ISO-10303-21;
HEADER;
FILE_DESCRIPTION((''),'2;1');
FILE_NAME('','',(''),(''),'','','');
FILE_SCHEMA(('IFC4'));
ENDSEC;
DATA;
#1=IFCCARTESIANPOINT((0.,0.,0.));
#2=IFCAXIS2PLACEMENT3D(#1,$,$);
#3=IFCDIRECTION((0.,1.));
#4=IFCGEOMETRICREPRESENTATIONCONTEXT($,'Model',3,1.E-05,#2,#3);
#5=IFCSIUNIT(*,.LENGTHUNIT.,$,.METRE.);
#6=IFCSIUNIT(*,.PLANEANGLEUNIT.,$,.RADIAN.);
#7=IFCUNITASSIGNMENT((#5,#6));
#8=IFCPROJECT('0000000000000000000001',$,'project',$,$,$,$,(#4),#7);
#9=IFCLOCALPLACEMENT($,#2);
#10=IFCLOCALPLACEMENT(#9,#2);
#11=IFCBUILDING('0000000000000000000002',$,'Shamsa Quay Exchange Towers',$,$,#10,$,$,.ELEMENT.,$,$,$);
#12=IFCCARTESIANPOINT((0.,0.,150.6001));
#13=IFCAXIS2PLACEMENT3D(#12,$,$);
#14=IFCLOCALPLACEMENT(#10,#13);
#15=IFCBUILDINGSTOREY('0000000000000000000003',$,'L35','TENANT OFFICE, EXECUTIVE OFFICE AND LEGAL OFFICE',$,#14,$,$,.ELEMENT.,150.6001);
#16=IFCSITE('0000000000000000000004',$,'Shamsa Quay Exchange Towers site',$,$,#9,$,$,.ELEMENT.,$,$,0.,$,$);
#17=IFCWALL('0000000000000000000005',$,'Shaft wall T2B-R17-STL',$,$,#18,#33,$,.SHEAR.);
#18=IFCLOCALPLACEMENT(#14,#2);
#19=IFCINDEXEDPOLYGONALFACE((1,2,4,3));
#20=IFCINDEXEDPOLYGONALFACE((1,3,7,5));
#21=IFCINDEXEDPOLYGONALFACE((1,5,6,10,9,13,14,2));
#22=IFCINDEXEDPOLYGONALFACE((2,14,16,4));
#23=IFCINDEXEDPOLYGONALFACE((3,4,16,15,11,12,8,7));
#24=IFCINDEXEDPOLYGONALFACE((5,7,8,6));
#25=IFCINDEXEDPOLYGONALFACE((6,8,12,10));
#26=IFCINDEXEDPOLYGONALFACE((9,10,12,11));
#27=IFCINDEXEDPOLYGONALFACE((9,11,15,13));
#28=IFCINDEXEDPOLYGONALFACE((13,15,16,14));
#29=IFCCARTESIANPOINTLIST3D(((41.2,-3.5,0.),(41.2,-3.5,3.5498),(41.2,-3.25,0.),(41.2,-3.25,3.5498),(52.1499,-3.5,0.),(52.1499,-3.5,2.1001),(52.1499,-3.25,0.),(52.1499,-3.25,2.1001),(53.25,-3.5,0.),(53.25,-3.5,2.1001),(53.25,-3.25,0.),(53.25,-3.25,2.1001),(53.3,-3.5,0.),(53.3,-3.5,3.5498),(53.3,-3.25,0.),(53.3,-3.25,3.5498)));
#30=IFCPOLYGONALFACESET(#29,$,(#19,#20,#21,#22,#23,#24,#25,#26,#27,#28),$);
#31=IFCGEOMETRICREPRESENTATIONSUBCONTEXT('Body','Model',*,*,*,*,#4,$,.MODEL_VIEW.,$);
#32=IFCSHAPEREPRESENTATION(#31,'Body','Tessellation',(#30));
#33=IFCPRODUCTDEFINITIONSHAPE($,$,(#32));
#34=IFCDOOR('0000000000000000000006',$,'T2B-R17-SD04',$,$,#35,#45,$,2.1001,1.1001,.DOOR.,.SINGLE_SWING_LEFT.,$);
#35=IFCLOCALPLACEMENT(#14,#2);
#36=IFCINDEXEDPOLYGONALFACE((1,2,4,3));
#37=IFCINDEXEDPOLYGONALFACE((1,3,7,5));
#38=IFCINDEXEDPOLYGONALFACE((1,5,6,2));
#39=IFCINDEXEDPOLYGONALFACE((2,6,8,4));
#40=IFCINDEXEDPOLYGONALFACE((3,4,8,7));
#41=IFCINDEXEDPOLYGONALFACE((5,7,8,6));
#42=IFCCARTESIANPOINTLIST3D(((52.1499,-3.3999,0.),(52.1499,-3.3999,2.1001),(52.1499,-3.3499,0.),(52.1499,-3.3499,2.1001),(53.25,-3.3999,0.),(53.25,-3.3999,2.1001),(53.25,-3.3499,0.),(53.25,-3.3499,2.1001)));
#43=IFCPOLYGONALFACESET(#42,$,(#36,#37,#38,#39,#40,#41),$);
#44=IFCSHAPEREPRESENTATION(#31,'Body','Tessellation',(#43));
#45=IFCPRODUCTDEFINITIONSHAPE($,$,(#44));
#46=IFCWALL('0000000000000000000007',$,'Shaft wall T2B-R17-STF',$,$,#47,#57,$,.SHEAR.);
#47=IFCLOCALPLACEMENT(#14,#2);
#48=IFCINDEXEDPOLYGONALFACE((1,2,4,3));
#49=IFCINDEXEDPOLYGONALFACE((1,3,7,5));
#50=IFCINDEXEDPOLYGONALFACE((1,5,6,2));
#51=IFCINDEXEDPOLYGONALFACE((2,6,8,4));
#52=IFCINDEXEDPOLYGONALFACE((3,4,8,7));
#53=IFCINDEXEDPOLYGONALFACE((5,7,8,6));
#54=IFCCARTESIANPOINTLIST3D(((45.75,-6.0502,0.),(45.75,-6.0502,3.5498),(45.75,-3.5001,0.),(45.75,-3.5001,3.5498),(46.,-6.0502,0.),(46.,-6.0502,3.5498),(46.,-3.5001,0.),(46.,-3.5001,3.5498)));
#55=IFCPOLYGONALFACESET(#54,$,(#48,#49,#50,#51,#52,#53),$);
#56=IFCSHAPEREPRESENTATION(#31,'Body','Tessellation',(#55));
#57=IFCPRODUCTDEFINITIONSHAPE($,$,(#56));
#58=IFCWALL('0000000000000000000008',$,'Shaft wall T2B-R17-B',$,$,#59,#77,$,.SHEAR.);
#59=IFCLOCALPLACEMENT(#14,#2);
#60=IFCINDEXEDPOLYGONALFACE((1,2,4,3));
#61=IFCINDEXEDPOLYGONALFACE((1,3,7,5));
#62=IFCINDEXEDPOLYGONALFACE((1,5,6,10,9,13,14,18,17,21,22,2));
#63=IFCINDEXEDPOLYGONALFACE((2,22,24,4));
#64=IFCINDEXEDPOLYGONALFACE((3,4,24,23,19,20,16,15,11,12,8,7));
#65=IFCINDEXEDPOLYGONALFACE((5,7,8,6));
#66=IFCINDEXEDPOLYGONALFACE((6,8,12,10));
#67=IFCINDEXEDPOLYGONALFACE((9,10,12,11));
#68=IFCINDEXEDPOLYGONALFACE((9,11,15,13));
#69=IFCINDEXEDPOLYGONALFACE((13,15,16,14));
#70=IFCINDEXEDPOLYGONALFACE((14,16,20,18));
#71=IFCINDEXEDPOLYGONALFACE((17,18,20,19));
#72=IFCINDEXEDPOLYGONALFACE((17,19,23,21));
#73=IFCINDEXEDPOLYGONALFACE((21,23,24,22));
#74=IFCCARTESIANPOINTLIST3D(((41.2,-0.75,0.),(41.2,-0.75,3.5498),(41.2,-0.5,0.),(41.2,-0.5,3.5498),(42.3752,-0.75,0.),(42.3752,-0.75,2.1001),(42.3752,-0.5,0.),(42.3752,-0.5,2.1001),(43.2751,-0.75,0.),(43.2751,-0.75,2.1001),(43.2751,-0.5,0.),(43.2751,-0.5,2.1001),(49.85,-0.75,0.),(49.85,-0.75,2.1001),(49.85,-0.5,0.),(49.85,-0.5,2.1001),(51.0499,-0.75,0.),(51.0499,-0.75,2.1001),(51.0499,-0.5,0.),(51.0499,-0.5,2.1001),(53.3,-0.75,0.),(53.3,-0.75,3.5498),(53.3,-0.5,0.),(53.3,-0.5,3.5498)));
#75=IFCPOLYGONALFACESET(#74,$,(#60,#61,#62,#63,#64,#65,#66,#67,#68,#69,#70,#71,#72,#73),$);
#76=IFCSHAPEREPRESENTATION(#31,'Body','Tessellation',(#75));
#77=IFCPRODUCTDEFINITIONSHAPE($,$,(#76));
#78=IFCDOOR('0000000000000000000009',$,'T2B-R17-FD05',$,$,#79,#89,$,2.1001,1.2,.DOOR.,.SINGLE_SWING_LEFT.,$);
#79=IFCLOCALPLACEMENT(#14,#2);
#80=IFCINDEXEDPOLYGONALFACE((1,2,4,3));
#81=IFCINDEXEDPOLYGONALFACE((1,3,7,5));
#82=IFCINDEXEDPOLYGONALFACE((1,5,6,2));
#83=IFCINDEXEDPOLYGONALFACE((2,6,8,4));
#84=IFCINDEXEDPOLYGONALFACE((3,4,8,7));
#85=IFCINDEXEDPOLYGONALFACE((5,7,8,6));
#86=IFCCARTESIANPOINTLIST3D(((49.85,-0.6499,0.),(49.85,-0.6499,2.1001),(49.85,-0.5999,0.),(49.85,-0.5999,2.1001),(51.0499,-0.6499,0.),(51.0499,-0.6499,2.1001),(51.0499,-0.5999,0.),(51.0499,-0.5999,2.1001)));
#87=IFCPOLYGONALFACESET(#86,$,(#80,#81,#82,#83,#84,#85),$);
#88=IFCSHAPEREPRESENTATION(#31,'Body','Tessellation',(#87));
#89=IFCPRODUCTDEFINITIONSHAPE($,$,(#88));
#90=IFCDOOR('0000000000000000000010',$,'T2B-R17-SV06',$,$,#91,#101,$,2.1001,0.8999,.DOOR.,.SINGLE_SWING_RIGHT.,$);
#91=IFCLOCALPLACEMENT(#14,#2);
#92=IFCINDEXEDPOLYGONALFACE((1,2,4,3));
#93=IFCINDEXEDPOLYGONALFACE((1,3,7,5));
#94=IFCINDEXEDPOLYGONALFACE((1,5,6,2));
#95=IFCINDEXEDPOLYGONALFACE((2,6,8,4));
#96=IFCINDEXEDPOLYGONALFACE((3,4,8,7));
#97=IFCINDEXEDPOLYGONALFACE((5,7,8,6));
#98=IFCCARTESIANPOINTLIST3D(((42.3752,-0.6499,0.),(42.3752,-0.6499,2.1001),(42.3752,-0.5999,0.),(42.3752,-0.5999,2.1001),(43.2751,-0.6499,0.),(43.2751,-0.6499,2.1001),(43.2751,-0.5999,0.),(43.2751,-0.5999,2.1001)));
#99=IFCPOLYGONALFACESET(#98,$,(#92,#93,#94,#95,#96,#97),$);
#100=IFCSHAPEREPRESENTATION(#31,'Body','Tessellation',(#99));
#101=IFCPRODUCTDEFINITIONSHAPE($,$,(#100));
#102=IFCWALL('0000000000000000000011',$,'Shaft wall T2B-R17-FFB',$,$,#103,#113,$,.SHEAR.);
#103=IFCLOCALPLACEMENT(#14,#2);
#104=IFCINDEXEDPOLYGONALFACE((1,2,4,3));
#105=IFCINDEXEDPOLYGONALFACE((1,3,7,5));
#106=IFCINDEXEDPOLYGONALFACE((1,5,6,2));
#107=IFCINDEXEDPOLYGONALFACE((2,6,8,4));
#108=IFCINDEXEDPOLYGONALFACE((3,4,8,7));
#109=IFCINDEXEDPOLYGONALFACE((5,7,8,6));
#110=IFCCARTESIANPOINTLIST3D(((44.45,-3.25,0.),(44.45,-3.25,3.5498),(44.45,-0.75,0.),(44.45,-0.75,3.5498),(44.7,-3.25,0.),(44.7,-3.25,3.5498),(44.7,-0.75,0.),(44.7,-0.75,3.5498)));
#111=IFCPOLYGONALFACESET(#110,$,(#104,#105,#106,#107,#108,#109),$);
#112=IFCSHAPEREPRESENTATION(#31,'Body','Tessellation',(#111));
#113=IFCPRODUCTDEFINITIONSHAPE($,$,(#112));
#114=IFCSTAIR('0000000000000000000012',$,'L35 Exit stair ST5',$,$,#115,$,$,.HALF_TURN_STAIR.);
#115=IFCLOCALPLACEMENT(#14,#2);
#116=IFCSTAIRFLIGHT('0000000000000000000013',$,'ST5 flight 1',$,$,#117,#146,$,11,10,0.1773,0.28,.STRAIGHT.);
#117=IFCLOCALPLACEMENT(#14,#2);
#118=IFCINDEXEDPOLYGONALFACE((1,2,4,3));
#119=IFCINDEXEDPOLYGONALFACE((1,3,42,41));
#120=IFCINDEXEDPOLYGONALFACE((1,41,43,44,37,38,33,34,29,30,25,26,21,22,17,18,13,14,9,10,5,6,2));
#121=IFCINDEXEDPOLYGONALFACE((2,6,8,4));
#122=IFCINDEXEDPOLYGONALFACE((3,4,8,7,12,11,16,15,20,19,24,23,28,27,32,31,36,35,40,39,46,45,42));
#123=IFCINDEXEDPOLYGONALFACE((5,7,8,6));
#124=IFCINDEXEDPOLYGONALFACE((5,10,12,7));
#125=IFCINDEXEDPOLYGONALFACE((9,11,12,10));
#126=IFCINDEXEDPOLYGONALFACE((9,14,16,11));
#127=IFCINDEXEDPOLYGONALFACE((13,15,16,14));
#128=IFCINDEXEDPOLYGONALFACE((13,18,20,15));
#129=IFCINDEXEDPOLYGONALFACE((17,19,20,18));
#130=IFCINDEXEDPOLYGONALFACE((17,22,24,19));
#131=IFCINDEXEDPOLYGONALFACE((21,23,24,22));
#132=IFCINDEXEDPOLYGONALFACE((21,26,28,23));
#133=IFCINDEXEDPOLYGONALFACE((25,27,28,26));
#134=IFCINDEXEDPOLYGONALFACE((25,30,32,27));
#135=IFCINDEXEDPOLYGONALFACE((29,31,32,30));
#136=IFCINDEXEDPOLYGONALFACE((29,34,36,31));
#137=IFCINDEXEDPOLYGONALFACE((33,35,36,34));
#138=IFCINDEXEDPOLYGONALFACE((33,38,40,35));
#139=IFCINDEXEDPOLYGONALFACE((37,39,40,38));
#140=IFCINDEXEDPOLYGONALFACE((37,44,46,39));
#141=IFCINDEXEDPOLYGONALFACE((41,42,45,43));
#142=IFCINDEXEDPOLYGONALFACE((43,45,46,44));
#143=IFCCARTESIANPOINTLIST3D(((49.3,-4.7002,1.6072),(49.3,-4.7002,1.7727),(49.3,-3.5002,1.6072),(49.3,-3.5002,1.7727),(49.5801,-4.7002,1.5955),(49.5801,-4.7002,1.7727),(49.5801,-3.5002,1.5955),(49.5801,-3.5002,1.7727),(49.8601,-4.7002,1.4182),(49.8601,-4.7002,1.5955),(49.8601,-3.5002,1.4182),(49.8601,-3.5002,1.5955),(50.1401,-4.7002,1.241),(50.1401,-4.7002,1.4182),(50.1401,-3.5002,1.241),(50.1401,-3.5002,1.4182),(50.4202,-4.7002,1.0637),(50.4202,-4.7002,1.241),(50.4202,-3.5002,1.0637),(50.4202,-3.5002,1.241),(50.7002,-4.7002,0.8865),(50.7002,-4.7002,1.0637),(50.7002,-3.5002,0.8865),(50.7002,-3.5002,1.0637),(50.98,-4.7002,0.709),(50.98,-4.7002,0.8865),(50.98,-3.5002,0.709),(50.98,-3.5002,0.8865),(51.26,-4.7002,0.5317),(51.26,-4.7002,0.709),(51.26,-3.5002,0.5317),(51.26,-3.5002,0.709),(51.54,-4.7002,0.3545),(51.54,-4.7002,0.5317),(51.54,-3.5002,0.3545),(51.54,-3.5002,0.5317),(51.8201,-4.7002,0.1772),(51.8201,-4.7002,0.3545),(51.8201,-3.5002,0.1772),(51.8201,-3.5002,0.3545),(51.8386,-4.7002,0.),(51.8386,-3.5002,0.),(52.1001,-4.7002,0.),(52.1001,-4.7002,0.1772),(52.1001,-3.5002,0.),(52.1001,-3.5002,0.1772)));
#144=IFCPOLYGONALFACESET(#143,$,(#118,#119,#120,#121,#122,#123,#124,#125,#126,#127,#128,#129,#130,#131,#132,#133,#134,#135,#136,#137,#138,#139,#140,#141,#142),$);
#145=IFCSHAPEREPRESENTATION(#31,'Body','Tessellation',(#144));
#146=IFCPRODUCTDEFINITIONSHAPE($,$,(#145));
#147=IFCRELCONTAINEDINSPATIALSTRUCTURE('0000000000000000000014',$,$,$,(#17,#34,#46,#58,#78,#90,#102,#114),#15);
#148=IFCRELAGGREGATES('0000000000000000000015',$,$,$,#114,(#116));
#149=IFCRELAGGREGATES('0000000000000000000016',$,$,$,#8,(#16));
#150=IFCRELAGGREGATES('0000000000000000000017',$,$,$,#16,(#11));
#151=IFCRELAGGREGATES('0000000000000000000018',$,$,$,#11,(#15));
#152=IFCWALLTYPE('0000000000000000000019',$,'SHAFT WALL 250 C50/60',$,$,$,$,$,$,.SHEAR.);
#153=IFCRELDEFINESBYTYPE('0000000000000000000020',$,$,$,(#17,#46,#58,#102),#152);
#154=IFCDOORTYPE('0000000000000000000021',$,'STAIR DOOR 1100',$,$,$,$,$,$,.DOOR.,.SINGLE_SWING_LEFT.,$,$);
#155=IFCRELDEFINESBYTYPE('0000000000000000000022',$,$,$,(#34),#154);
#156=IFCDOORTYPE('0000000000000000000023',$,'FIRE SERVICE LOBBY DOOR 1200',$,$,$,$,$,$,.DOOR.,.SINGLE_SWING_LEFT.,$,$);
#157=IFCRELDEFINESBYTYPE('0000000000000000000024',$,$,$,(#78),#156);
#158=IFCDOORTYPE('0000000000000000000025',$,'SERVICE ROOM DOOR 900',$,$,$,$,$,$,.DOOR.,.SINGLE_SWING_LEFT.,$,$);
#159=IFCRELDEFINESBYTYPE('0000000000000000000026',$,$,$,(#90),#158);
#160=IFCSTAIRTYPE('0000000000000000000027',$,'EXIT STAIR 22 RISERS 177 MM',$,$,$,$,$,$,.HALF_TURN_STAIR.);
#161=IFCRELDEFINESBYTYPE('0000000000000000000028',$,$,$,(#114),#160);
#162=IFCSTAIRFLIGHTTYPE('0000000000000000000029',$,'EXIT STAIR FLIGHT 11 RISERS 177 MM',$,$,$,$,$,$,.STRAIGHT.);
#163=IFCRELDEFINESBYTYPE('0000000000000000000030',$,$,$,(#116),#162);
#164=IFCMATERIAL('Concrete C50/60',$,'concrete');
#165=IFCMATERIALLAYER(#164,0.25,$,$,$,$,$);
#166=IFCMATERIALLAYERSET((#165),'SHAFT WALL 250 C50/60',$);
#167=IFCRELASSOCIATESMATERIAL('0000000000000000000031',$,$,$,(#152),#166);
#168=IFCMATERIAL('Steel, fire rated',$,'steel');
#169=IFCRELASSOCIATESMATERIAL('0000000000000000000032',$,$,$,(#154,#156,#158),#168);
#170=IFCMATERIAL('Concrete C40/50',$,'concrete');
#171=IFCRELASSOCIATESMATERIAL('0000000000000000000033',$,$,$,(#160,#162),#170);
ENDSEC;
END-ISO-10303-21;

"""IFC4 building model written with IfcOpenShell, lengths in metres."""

from ifc_helpers import new_model, si_unit, direction, frame, frame_2d, origin, place, context, subcontext, project, spatial, polyline, rectangle, outline, extrude, material, layer, layer_set, type_object, element, fill, aggregate, save


model = new_model("IFC4")

# Units and contexts
model_context = context("Model", 3, precision=1e-05, world=origin(), true_north=direction((0.0, 1.0)))
body_context = subcontext(model_context, "Body", "Model", "MODEL_VIEW")
ifc_project = project(units=[si_unit("LENGTHUNIT", "METRE"), si_unit("PLANEANGLEUNIT", "RADIAN")], contexts=[model_context])

# Site, building, storey
site_placement = place(None, origin())
site = spatial("IfcSite", under=ifc_project, at=site_placement, Name="Shamsa Quay Exchange Towers site", CompositionType="ELEMENT", RefElevation=0.0)
building_placement = place(site_placement, origin())
building = spatial("IfcBuilding", under=site, at=building_placement, Name="Shamsa Quay Exchange Towers", CompositionType="ELEMENT")
storey_placement = place(building_placement, frame((0.0, 0.0, 150.6001)))
storey = spatial("IfcBuildingStorey", under=building, at=storey_placement, Name="L35", Description="TENANT OFFICE, EXECUTIVE OFFICE AND LEGAL OFFICE", CompositionType="ELEMENT", Elevation=150.6001)

# Wall, opening, door
ifc_material_1 = material(Name="Steel, fire rated", Category="steel")
ifc_material_2 = material(Name="Concrete C50/60", Category="concrete")
ifc_layer_1 = layer(ifc_material_2, 0.25)
ifc_layer_set_1 = layer_set([ifc_layer_1], Name="SHAFT WALL 250 C50/60")
wall_type_1 = type_object("IfcWallType", Name="SHAFT WALL 250 C50/60", PredefinedType="SHEAR", material=ifc_layer_set_1)
wall_1_placement = place(storey_placement, frame((53.3, -3.375, 0.0), z_axis=(0.0, 0.0, 1.0), x_axis=(-1.0, 0.0, 0.0)))
wall_1 = element("IfcWall", 1, at=wall_1_placement, inside=storey, type_object=wall_type_1, Name="Shaft wall T2B-R17-STL", PredefinedType="SHEAR", context=body_context, shape_type="SweptSolid", body=[
    extrude(rectangle(XDim=12.1001, YDim=0.25, at=frame_2d((6.05, 0.0))), origin(), (0.0, 0.0, 1.0), 3.5498),
])
opening_1_placement = place(wall_1_placement, frame((0.05, 0.0, 0.0)))
opening_1 = element("IfcOpeningElement", 2, at=opening_1_placement, cuts=wall_1, PredefinedType="OPENING", context=body_context, shape_type="SweptSolid", body=[
    extrude(rectangle(XDim=1.1001, YDim=2.1001, at=frame_2d((0.55, 1.05))), frame((0.0, 0.135, 0.0), z_axis=(0.0, -1.0, 0.0), x_axis=(1.0, 0.0, 0.0)), (0.0, 0.0, 1.0), 0.27),
])
door_type_1 = type_object("IfcDoorType", Name="STAIR DOOR 1100", OperationType="SINGLE_SWING_LEFT", PredefinedType="DOOR", material=ifc_material_1)
door_1_placement = place(opening_1_placement, origin())
door_1 = element("IfcDoor", 3, at=door_1_placement, inside=storey, type_object=door_type_1, Name="T2B-R17-SD04", OperationType="SINGLE_SWING_LEFT", OverallHeight=2.1001, OverallWidth=1.1001, PredefinedType="DOOR", context=body_context, shape_type="SweptSolid", body=[
    extrude(rectangle(XDim=1.1001, YDim=2.1001, at=frame_2d((0.55, 1.05))), frame((0.0, 0.0249, 0.0), z_axis=(0.0, -1.0, 0.0), x_axis=(1.0, 0.0, 0.0)), (0.0, 0.0, 1.0), 0.05),
])
fill(opening_1, door_1)

# Wall
wall_2_placement = place(storey_placement, frame((45.875, -6.05, 0.0), z_axis=(0.0, 0.0, 1.0), x_axis=(0.0, 1.0, 0.0)))
element("IfcWall", 4, at=wall_2_placement, inside=storey, type_object=wall_type_1, Name="Shaft wall T2B-R17-STF", PredefinedType="SHEAR", context=body_context, shape_type="SweptSolid", body=[
    extrude(rectangle(XDim=2.55, YDim=0.25, at=frame_2d((1.2749, 0.0))), origin(), (0.0, 0.0, 1.0), 3.5498),
])

# Wall, openings, doors
wall_3_placement = place(storey_placement, frame((53.3, -0.625, 0.0), z_axis=(0.0, 0.0, 1.0), x_axis=(-1.0, 0.0, 0.0)))
wall_3 = element("IfcWall", 5, at=wall_3_placement, inside=storey, type_object=wall_type_1, Name="Shaft wall T2B-R17-B", PredefinedType="SHEAR", context=body_context, shape_type="SweptSolid", body=[
    extrude(rectangle(XDim=12.1001, YDim=0.25, at=frame_2d((6.05, 0.0))), origin(), (0.0, 0.0, 1.0), 3.5498),
])
opening_2_placement = place(wall_3_placement, frame((2.25, 0.0, 0.0)))
opening_2 = element("IfcOpeningElement", 6, at=opening_2_placement, cuts=wall_3, PredefinedType="OPENING", context=body_context, shape_type="SweptSolid", body=[
    extrude(rectangle(XDim=1.2, YDim=2.1001, at=frame_2d((0.6001, 1.05))), frame((0.0, 0.135, 0.0), z_axis=(0.0, -1.0, 0.0), x_axis=(1.0, 0.0, 0.0)), (0.0, 0.0, 1.0), 0.27),
])
opening_3_placement = place(wall_3_placement, frame((10.0249, 0.0, 0.0)))
opening_3 = element("IfcOpeningElement", 7, at=opening_3_placement, cuts=wall_3, PredefinedType="OPENING", context=body_context, shape_type="SweptSolid", body=[
    extrude(rectangle(XDim=0.8999, YDim=2.1001, at=frame_2d((0.45, 1.05))), frame((0.0, 0.135, 0.0), z_axis=(0.0, -1.0, 0.0), x_axis=(1.0, 0.0, 0.0)), (0.0, 0.0, 1.0), 0.27),
])
door_type_2 = type_object("IfcDoorType", Name="FIRE SERVICE LOBBY DOOR 1200", OperationType="SINGLE_SWING_LEFT", PredefinedType="DOOR", material=ifc_material_1)
door_2_placement = place(opening_2_placement, origin())
door_2 = element("IfcDoor", 8, at=door_2_placement, inside=storey, type_object=door_type_2, Name="T2B-R17-FD05", OperationType="SINGLE_SWING_LEFT", OverallHeight=2.1001, OverallWidth=1.2, PredefinedType="DOOR", context=body_context, shape_type="SweptSolid", body=[
    extrude(rectangle(XDim=1.2, YDim=2.1001, at=frame_2d((0.6001, 1.05))), frame((0.0, 0.0249, 0.0), z_axis=(0.0, -1.0, 0.0), x_axis=(1.0, 0.0, 0.0)), (0.0, 0.0, 1.0), 0.05),
])
fill(opening_2, door_2)
door_type_3 = type_object("IfcDoorType", Name="SERVICE ROOM DOOR 900", OperationType="SINGLE_SWING_LEFT", PredefinedType="DOOR", material=ifc_material_1)
door_3_placement = place(opening_3_placement, origin())
door_3 = element("IfcDoor", 9, at=door_3_placement, inside=storey, type_object=door_type_3, Name="T2B-R17-SV06", OperationType="SINGLE_SWING_RIGHT", OverallHeight=2.1001, OverallWidth=0.8999, PredefinedType="DOOR", context=body_context, shape_type="SweptSolid", body=[
    extrude(rectangle(XDim=0.8999, YDim=2.1001, at=frame_2d((0.45, 1.05))), frame((0.0, 0.0249, 0.0), z_axis=(0.0, -1.0, 0.0), x_axis=(1.0, 0.0, 0.0)), (0.0, 0.0, 1.0), 0.05),
])
fill(opening_3, door_3)

# Wall
wall_4_placement = place(storey_placement, frame((44.575, -3.25, 0.0), z_axis=(0.0, 0.0, 1.0), x_axis=(0.0, 1.0, 0.0)))
element("IfcWall", 10, at=wall_4_placement, inside=storey, type_object=wall_type_1, Name="Shaft wall T2B-R17-FFB", PredefinedType="SHEAR", context=body_context, shape_type="SweptSolid", body=[
    extrude(rectangle(XDim=2.5, YDim=0.25, at=frame_2d((1.25, 0.0))), origin(), (0.0, 0.0, 1.0), 3.5498),
])

# Stair, stair flight
ifc_material_3 = material(Name="Concrete C40/50", Category="concrete")
stair_type = type_object("IfcStairType", Name="EXIT STAIR 22 RISERS 177 MM", PredefinedType="HALF_TURN_STAIR", material=ifc_material_3)
stair_placement = place(storey_placement, origin())
stair = element("IfcStair", 11, at=stair_placement, inside=storey, type_object=stair_type, Name="L35 Exit stair ST5", PredefinedType="HALF_TURN_STAIR")
stair_flight_type = type_object("IfcStairFlightType", Name="EXIT STAIR FLIGHT 11 RISERS 177 MM", PredefinedType="STRAIGHT", material=ifc_material_3)
stair_flight_1_placement = place(storey_placement, frame((52.1001, -4.1001, 0.0), z_axis=(0.0, 0.0, 1.0), x_axis=(-1.0, 0.0, 0.0)))
stair_flight_1 = element("IfcStairFlight", 12, at=stair_flight_1_placement, type_object=stair_flight_type, Name="ST5 flight 1", NumberOfRisers=11, NumberOfTreads=10, PredefinedType="STRAIGHT", RiserHeight=0.1773, TreadLength=0.28, context=body_context, shape_type="SweptSolid", body=[
    extrude(outline(polyline([(0.0, 0.0), (0.0, 0.1772), (0.28, 0.1772), (0.28, 0.3545), (0.5601, 0.3545), (0.5601, 0.5317), (0.8401, 0.5317), (0.8401, 0.709), (1.1201, 0.709), (1.1201, 0.8865), (1.3999, 0.8865), (1.3999, 1.0637), (1.6799, 1.0637), (1.6799, 1.241), (1.96, 1.241), (1.96, 1.4182), (2.24, 1.4182), (2.24, 1.5955), (2.52, 1.5955), (2.52, 1.7727), (2.8, 1.7727), (2.8, 1.95), (2.8, 1.6072), (0.2615, 0.0), (0.0, 0.0)])), frame((0.0, 0.6001, 0.0), z_axis=(0.0, -1.0, 0.0), x_axis=(1.0, 0.0, 0.0)), (0.0, 0.0, 1.0), 1.2),
])
aggregate(stair, [stair_flight_1])

save(model, "model.ifc")
